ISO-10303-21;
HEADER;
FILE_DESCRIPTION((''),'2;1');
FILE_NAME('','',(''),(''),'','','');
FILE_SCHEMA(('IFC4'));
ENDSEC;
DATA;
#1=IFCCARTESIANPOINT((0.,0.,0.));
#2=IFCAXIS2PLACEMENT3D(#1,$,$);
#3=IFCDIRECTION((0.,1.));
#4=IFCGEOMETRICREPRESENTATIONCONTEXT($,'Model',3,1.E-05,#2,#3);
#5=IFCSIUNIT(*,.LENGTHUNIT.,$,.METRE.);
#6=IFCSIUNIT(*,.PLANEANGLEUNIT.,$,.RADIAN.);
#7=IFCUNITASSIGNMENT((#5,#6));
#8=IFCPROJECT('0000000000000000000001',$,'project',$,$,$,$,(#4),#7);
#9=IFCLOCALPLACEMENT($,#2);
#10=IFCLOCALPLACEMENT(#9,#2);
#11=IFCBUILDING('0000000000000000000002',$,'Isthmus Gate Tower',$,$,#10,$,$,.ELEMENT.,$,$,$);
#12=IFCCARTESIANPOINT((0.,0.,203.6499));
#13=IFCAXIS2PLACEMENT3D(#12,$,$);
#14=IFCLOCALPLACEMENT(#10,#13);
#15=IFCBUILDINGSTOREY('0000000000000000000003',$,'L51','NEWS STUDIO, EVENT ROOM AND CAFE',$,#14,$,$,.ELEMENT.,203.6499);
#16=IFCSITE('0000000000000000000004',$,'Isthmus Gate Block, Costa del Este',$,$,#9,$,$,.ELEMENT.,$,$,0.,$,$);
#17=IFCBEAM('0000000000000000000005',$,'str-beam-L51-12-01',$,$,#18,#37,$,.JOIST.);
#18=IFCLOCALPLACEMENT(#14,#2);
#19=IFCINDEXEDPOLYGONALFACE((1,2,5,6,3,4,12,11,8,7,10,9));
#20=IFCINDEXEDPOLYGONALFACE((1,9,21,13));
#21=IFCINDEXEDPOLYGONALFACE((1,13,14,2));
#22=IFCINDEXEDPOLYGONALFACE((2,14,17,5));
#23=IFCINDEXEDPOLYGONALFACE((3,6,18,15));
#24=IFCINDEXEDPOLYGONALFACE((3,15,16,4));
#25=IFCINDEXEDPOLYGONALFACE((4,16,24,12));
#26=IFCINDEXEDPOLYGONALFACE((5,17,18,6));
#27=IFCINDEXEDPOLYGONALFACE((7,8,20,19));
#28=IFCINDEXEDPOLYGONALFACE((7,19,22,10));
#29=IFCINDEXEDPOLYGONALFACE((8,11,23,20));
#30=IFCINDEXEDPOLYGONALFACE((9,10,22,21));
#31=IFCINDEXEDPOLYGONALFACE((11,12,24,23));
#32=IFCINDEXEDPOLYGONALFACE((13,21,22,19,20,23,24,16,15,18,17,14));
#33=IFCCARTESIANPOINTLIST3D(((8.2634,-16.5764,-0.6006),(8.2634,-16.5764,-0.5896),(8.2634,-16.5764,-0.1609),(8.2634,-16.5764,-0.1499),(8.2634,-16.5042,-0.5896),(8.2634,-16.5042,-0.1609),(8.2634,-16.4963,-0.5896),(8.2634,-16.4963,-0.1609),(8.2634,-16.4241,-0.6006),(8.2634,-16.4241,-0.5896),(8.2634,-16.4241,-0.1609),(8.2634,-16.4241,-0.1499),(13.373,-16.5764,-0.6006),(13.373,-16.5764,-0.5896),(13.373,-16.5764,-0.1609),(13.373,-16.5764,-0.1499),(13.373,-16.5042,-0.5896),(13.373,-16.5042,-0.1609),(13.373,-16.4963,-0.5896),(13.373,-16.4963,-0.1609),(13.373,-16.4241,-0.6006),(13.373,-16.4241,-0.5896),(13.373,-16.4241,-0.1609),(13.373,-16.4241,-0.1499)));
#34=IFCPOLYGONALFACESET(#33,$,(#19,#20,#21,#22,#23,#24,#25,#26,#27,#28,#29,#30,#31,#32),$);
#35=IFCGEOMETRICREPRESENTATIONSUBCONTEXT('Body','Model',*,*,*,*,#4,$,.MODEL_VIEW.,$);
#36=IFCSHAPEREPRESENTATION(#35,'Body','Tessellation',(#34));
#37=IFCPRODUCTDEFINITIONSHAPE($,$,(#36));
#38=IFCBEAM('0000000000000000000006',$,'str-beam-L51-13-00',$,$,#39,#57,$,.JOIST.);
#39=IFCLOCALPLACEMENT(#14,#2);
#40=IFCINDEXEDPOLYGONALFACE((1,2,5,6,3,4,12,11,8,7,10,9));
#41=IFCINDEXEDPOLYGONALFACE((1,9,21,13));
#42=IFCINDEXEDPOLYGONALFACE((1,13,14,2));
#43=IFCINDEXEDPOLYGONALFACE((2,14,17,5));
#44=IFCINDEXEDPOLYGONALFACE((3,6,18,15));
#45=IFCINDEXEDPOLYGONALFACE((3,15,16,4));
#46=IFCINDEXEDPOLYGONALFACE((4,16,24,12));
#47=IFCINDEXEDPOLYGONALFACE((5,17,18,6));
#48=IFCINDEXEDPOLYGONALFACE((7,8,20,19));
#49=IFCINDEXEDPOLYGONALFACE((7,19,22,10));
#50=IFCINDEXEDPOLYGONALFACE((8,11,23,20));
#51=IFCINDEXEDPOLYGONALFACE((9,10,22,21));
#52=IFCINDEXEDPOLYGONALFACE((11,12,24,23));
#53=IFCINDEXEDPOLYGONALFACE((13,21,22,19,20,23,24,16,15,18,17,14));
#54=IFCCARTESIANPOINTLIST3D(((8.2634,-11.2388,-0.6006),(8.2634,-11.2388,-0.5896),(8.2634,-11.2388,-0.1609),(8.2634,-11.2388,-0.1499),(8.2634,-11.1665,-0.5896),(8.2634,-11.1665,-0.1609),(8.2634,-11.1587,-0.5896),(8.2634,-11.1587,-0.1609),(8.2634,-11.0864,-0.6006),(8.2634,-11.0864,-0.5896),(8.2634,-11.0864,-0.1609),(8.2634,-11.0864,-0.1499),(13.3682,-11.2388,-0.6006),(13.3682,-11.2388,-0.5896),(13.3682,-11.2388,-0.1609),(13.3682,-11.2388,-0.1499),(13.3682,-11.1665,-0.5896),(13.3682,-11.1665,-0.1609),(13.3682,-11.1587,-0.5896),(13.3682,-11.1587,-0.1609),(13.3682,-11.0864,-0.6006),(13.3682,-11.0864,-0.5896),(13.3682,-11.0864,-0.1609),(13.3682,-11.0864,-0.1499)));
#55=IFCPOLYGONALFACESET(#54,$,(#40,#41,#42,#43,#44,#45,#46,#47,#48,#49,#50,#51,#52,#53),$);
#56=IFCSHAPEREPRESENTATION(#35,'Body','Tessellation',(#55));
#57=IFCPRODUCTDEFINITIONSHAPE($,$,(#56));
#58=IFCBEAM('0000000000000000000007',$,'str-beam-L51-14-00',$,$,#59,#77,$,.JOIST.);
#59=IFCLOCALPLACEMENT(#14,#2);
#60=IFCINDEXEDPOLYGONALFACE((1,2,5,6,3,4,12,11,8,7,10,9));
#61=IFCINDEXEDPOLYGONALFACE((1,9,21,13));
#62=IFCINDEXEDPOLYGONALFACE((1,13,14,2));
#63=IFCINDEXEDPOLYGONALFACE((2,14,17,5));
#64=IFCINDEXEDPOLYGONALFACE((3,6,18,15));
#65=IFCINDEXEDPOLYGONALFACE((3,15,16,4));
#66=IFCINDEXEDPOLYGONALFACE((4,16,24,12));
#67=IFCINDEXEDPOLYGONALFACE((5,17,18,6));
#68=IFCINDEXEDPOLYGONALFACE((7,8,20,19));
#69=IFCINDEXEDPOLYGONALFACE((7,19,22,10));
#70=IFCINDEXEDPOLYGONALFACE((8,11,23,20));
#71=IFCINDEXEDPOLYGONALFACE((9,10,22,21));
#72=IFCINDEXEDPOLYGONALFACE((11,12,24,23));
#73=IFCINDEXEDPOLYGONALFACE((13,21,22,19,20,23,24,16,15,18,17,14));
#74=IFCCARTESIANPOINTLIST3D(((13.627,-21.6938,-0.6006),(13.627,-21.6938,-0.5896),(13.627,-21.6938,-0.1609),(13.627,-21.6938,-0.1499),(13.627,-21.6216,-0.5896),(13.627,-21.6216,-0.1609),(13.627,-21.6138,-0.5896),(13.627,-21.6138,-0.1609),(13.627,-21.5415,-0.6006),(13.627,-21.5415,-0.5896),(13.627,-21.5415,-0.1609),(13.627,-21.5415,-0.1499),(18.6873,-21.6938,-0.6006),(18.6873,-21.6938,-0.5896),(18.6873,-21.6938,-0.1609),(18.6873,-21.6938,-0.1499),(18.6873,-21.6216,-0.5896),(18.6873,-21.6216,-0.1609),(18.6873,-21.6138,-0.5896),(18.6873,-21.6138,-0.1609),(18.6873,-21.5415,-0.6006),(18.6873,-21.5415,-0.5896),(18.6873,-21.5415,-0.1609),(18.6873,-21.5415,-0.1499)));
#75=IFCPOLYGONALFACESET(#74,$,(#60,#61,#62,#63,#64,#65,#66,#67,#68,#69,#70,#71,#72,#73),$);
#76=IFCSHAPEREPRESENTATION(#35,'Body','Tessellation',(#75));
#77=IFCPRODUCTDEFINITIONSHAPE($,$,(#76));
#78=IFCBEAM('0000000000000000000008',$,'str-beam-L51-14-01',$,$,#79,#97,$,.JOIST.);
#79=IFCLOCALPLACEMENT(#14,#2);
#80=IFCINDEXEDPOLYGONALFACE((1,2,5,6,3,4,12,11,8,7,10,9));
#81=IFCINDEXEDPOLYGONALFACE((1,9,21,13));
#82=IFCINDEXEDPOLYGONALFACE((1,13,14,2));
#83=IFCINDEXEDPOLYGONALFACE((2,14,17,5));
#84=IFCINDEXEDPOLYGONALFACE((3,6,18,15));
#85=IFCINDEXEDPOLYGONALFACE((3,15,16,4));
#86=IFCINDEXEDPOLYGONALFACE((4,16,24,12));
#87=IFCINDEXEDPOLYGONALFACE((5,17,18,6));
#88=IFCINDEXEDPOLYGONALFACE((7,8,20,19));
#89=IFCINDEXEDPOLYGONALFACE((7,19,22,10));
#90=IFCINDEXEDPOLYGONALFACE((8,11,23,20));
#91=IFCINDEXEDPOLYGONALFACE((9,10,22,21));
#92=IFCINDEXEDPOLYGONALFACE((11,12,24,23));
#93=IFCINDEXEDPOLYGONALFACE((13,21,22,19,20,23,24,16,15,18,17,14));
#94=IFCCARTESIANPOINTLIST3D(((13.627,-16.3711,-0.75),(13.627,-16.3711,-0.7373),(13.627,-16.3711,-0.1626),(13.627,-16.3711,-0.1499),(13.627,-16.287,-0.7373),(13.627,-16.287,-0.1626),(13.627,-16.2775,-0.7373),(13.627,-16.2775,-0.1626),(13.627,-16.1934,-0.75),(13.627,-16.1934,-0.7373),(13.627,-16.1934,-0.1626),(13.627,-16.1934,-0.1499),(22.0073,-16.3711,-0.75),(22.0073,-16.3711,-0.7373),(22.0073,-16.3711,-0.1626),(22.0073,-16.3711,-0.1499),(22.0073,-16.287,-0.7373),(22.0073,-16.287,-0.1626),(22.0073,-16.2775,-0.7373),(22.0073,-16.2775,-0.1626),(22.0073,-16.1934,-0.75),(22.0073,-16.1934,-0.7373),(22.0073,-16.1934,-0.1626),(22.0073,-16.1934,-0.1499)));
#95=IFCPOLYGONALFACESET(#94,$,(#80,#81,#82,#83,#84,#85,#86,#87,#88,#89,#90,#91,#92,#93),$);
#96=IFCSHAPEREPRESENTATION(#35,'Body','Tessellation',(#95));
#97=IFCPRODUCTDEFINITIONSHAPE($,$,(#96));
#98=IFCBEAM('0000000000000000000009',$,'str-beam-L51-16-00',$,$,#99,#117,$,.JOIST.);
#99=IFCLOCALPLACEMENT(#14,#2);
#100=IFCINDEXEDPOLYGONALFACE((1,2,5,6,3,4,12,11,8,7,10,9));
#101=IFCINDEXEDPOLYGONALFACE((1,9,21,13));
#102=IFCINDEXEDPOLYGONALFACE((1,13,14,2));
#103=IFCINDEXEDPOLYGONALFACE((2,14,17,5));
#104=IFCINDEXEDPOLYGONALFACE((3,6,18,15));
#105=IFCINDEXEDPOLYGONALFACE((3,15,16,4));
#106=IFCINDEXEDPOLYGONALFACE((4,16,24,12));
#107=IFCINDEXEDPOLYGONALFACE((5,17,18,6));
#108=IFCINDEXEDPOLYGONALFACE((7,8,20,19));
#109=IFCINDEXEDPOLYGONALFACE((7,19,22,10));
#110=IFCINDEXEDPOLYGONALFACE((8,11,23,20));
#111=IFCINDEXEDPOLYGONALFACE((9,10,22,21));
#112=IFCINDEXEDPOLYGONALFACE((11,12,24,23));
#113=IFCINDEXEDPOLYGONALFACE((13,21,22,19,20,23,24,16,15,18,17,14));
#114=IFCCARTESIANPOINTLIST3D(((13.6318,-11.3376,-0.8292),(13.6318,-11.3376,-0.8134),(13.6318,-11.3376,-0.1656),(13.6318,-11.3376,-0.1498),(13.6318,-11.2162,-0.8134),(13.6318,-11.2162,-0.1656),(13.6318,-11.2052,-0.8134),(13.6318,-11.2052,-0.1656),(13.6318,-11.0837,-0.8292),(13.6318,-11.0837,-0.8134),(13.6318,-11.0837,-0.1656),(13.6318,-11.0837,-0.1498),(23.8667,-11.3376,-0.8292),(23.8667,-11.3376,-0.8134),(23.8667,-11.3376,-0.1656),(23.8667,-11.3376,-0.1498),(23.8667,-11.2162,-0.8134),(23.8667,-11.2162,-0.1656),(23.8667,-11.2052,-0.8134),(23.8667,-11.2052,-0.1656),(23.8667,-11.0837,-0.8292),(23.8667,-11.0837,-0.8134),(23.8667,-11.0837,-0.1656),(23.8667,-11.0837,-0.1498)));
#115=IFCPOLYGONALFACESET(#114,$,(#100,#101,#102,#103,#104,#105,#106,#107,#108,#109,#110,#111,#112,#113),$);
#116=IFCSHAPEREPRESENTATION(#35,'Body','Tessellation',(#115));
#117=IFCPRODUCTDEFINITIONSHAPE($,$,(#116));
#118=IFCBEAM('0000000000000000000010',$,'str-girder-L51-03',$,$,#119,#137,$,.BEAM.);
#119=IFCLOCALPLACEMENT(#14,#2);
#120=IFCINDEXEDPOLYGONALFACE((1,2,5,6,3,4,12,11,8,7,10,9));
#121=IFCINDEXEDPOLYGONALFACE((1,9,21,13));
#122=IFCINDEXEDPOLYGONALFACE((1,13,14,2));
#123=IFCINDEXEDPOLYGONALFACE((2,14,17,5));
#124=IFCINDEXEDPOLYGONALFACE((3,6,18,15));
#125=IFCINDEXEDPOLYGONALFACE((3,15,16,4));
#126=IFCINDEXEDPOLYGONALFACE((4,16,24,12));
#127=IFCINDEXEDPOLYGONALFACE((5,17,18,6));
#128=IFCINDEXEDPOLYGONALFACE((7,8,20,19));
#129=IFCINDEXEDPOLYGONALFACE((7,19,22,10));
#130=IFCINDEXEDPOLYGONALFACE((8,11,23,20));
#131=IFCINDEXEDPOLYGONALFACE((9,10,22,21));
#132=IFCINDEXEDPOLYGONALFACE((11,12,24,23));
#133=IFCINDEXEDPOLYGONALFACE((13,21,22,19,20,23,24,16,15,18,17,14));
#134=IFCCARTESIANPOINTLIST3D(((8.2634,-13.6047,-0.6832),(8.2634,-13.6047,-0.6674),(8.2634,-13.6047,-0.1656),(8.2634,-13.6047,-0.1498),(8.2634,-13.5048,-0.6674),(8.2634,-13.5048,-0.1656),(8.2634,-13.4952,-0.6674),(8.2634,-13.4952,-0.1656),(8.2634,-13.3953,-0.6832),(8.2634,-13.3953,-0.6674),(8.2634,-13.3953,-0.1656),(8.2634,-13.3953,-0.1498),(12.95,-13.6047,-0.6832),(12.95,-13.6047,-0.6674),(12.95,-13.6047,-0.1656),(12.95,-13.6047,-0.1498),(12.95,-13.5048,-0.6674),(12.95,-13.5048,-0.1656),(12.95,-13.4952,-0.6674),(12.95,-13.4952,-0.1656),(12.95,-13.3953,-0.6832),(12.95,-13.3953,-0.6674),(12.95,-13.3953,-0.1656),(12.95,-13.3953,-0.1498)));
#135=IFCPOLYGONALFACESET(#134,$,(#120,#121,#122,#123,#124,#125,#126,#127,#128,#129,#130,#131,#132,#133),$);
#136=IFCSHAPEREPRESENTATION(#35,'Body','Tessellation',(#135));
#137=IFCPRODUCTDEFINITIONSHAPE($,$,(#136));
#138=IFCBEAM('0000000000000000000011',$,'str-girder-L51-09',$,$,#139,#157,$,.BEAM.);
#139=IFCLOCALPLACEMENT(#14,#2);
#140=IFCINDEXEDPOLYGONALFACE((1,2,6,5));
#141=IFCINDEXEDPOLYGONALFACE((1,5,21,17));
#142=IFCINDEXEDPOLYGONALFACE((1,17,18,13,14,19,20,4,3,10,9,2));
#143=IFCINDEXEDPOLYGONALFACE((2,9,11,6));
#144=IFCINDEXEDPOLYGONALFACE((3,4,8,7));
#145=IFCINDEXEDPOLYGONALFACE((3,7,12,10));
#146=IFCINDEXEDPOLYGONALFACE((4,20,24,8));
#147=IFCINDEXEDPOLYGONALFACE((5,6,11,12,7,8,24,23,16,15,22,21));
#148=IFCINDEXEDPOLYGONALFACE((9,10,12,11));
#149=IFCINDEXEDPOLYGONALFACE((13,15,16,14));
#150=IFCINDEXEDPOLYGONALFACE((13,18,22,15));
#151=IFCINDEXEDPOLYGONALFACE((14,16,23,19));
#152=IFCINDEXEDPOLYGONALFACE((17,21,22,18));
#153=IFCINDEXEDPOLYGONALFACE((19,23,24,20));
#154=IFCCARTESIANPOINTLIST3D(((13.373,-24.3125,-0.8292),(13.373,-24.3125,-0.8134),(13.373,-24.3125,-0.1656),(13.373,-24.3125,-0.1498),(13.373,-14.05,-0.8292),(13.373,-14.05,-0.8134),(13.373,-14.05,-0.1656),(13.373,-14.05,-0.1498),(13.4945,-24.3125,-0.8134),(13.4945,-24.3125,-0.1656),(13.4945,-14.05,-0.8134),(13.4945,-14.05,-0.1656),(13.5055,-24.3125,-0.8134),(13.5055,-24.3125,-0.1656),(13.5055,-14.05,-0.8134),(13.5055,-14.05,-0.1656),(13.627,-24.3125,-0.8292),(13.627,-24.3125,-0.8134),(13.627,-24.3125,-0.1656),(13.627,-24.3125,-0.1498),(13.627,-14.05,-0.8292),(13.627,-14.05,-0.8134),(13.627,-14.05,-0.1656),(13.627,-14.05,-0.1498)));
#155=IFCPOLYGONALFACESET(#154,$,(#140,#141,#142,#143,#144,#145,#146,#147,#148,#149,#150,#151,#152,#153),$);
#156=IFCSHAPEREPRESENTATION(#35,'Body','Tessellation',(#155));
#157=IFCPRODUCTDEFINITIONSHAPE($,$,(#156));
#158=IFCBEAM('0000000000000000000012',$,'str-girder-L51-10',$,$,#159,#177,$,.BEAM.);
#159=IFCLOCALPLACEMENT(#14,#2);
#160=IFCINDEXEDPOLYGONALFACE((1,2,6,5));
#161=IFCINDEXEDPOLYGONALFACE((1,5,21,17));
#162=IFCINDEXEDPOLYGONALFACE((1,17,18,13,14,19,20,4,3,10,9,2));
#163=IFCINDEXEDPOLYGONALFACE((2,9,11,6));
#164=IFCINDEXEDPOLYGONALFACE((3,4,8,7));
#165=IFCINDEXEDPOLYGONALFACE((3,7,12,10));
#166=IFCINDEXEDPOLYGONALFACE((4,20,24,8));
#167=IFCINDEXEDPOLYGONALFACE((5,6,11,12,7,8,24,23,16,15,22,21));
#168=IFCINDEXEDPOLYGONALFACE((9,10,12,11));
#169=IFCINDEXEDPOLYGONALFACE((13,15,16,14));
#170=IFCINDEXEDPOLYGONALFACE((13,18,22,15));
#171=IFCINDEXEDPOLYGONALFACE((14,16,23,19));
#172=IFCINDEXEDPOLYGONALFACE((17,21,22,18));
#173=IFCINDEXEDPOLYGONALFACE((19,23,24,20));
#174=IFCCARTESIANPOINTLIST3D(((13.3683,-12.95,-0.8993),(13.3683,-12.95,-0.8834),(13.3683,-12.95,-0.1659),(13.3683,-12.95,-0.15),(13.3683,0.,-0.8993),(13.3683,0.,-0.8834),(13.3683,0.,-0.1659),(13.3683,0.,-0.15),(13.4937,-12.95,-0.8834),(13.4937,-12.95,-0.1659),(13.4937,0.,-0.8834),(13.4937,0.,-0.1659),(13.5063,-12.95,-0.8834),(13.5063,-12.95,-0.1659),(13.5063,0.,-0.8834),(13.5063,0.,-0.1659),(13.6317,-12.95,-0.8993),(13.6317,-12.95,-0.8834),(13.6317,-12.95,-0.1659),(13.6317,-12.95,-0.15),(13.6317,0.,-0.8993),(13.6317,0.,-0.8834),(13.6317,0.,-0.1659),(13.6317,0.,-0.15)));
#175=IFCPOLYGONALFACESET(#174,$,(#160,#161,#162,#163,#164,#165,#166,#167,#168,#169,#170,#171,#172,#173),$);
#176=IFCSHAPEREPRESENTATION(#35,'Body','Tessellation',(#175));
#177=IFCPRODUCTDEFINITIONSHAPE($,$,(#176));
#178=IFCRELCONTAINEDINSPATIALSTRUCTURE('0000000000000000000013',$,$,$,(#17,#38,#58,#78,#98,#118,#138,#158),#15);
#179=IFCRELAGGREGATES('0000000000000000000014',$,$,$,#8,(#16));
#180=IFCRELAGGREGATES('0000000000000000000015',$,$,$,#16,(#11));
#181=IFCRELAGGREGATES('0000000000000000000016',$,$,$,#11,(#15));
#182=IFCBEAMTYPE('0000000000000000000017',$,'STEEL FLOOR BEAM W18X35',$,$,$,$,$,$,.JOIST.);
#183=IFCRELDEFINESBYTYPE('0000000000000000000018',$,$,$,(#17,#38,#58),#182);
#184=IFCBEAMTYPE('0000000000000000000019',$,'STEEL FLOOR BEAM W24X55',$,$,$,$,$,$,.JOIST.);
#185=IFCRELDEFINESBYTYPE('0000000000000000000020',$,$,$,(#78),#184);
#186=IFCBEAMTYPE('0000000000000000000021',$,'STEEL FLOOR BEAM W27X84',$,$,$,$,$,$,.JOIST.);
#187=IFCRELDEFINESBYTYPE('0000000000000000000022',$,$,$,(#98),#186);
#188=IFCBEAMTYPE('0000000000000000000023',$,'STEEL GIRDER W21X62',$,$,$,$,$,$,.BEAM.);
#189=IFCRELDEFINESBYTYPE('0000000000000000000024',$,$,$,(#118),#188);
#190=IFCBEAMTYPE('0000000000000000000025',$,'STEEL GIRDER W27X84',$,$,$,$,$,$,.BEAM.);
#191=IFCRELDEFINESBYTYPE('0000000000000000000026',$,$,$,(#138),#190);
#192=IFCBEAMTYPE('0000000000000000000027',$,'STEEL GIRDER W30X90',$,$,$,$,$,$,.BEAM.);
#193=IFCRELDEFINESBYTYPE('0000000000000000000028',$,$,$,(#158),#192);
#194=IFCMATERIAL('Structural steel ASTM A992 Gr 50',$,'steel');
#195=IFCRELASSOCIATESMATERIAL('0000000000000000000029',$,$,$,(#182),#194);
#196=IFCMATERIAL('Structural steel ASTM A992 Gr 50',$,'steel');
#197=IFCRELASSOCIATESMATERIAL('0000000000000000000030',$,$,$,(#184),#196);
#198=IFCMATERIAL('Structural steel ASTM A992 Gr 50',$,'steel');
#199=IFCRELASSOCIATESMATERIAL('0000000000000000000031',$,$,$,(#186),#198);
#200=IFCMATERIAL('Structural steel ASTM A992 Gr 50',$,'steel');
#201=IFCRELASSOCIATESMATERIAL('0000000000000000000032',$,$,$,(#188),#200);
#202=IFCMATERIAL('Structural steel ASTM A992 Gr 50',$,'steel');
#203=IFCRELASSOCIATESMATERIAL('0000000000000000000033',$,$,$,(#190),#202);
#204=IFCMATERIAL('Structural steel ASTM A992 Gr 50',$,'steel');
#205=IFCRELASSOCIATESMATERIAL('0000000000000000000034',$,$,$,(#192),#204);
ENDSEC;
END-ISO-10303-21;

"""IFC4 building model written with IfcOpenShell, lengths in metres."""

from ifc_helpers import new_model, si_unit, direction, frame, origin, origin_2d, place, context, subcontext, project, spatial, i_section, extrude, material, material_profile, profile_set, type_object, element, save


model = new_model("IFC4")

# Units and contexts
model_context = context("Model", 3, precision=1e-05, world=origin(), true_north=direction((0.0, 1.0)))
body_context = subcontext(model_context, "Body", "Model", "MODEL_VIEW")
ifc_project = project(units=[si_unit("LENGTHUNIT", "METRE"), si_unit("PLANEANGLEUNIT", "RADIAN")], contexts=[model_context])

# Site, building, storey
site_placement = place(None, origin())
site = spatial("IfcSite", under=ifc_project, at=site_placement, Name="Isthmus Gate Block, Costa del Este", CompositionType="ELEMENT", RefElevation=0.0)
building_placement = place(site_placement, origin())
building = spatial("IfcBuilding", under=site, at=building_placement, Name="Isthmus Gate Tower", CompositionType="ELEMENT")
storey_placement = place(building_placement, frame((0.0, 0.0, 203.6499)))
storey = spatial("IfcBuildingStorey", under=building, at=storey_placement, Name="L51", Description="NEWS STUDIO, EVENT ROOM AND CAFE", CompositionType="ELEMENT", Elevation=203.6499)

# Beams
ifc_material_1 = material(Name="Structural steel ASTM A992 Gr 50", Category="steel")
ifc_material_profile_1 = material_profile(ifc_material_1, i_section(OverallWidth=0.1523, OverallDepth=0.4507, WebThickness=0.0078, FlangeThickness=0.011, at=origin_2d()), Name="W18X35")
ifc_profile_set_1 = profile_set([ifc_material_profile_1], Name="Structural steel ASTM A992 Gr 50")
beam_type_1 = type_object("IfcBeamType", Name="STEEL FLOOR BEAM W18X35", PredefinedType="JOIST", material=ifc_profile_set_1)
for number, where, z_axis, x_axis, name in (
    (1, (8.2634, -16.5002, -0.3752), (1.0, 0.0, 0.0), (0.0, 1.0, 0.0), "str-beam-L51-12-01"),
):
    element("IfcBeam", number, at=place(storey_placement, frame(where, z_axis=z_axis, x_axis=x_axis)), inside=storey, type_object=beam_type_1, Name=name, PredefinedType="JOIST", context=body_context, shape_type="SweptSolid", body=[
        extrude(i_section(OverallWidth=0.1523, OverallDepth=0.4507, WebThickness=0.0078, FlangeThickness=0.011, at=origin_2d()), origin(), (0.0, 0.0, 1.0), 5.1096),
    ])
beam_1_placement = place(storey_placement, frame((8.2634, -11.1626, -0.3752), z_axis=(1.0, 0.0, 0.0), x_axis=(0.0, 1.0, 0.0)))
element("IfcBeam", 2, at=beam_1_placement, inside=storey, type_object=beam_type_1, Name="str-beam-L51-13-00", PredefinedType="JOIST", context=body_context, shape_type="SweptSolid", body=[
    extrude(i_section(OverallWidth=0.1523, OverallDepth=0.4507, WebThickness=0.0078, FlangeThickness=0.011, at=origin_2d()), origin(), (0.0, 0.0, 1.0), 5.1047),
])
beam_2_placement = place(storey_placement, frame((13.627, -21.6177, -0.3752), z_axis=(1.0, 0.0, 0.0), x_axis=(0.0, 1.0, 0.0)))
element("IfcBeam", 3, at=beam_2_placement, inside=storey, type_object=beam_type_1, Name="str-beam-L51-14-00", PredefinedType="JOIST", context=body_context, shape_type="SweptSolid", body=[
    extrude(i_section(OverallWidth=0.1523, OverallDepth=0.4507, WebThickness=0.0078, FlangeThickness=0.011, at=origin_2d()), origin(), (0.0, 0.0, 1.0), 5.0603),
])
ifc_material_2 = material(Name="Structural steel ASTM A992 Gr 50", Category="steel")
ifc_material_profile_2 = material_profile(ifc_material_2, i_section(OverallWidth=0.1777, OverallDepth=0.6001, WebThickness=0.0095, FlangeThickness=0.0127, at=origin_2d()), Name="W24X55")
ifc_profile_set_2 = profile_set([ifc_material_profile_2], Name="Structural steel ASTM A992 Gr 50")
beam_type_2 = type_object("IfcBeamType", Name="STEEL FLOOR BEAM W24X55", PredefinedType="JOIST", material=ifc_profile_set_2)
beam_3_placement = place(storey_placement, frame((13.627, -16.2822, -0.45), z_axis=(1.0, 0.0, 0.0), x_axis=(0.0, 1.0, 0.0)))
element("IfcBeam", 4, at=beam_3_placement, inside=storey, type_object=beam_type_2, Name="str-beam-L51-14-01", PredefinedType="JOIST", context=body_context, shape_type="SweptSolid", body=[
    extrude(i_section(OverallWidth=0.1777, OverallDepth=0.6001, WebThickness=0.0095, FlangeThickness=0.0127, at=origin_2d()), origin(), (0.0, 0.0, 1.0), 8.3804),
])
ifc_material_3 = material(Name="Structural steel ASTM A992 Gr 50", Category="steel")
ifc_material_profile_3 = material_profile(ifc_material_3, i_section(OverallWidth=0.2539, OverallDepth=0.6794, WebThickness=0.011, FlangeThickness=0.0159, at=origin_2d()), Name="W27X84")
ifc_profile_set_3 = profile_set([ifc_material_profile_3], Name="Structural steel ASTM A992 Gr 50")
beam_type_3 = type_object("IfcBeamType", Name="STEEL FLOOR BEAM W27X84", PredefinedType="JOIST", material=ifc_profile_set_3)
beam_4_placement = place(storey_placement, frame((13.6318, -11.2107, -0.4895), z_axis=(1.0, 0.0, 0.0), x_axis=(0.0, 1.0, 0.0)))
element("IfcBeam", 5, at=beam_4_placement, inside=storey, type_object=beam_type_3, Name="str-beam-L51-16-00", PredefinedType="JOIST", context=body_context, shape_type="SweptSolid", body=[
    extrude(i_section(OverallWidth=0.2539, OverallDepth=0.6794, WebThickness=0.011, FlangeThickness=0.0159, at=origin_2d()), origin(), (0.0, 0.0, 1.0), 10.2349),
])
ifc_material_4 = material(Name="Structural steel ASTM A992 Gr 50", Category="steel")
ifc_material_profile_4 = material_profile(ifc_material_4, i_section(OverallWidth=0.2095, OverallDepth=0.5334, WebThickness=0.0095, FlangeThickness=0.0159, at=origin_2d()), Name="W21X62")
ifc_profile_set_4 = profile_set([ifc_material_profile_4], Name="Structural steel ASTM A992 Gr 50")
beam_type_4 = type_object("IfcBeamType", Name="STEEL GIRDER W21X62", PredefinedType="BEAM", material=ifc_profile_set_4)
beam_5_placement = place(storey_placement, frame((8.2634, -13.5, -0.4165), z_axis=(1.0, 0.0, 0.0), x_axis=(0.0, 1.0, 0.0)))
element("IfcBeam", 6, at=beam_5_placement, inside=storey, type_object=beam_type_4, Name="str-girder-L51-03", PredefinedType="BEAM", context=body_context, shape_type="SweptSolid", body=[
    extrude(i_section(OverallWidth=0.2095, OverallDepth=0.5334, WebThickness=0.0095, FlangeThickness=0.0159, at=origin_2d()), origin(), (0.0, 0.0, 1.0), 4.6865),
])
ifc_material_5 = material(Name="Structural steel ASTM A992 Gr 50", Category="steel")
ifc_material_profile_5 = material_profile(ifc_material_5, i_section(OverallWidth=0.2539, OverallDepth=0.6794, WebThickness=0.011, FlangeThickness=0.0159, at=origin_2d()), Name="W27X84")
ifc_profile_set_5 = profile_set([ifc_material_profile_5], Name="Structural steel ASTM A992 Gr 50")
beam_type_5 = type_object("IfcBeamType", Name="STEEL GIRDER W27X84", PredefinedType="BEAM", material=ifc_profile_set_5)
beam_6_placement = place(storey_placement, frame((13.5, -24.3125, -0.4895), z_axis=(0.0, 1.0, 0.0), x_axis=(-1.0, 0.0, 0.0)))
element("IfcBeam", 7, at=beam_6_placement, inside=storey, type_object=beam_type_5, Name="str-girder-L51-09", PredefinedType="BEAM", context=body_context, shape_type="SweptSolid", body=[
    extrude(i_section(OverallWidth=0.2539, OverallDepth=0.6794, WebThickness=0.011, FlangeThickness=0.0159, at=origin_2d()), origin(), (0.0, 0.0, 1.0), 10.2625),
])
ifc_material_6 = material(Name="Structural steel ASTM A992 Gr 50", Category="steel")
ifc_material_profile_6 = material_profile(ifc_material_6, i_section(OverallWidth=0.2634, OverallDepth=0.7493, WebThickness=0.0127, FlangeThickness=0.0159, at=origin_2d()), Name="W30X90")
ifc_profile_set_6 = profile_set([ifc_material_profile_6], Name="Structural steel ASTM A992 Gr 50")
beam_type_6 = type_object("IfcBeamType", Name="STEEL GIRDER W30X90", PredefinedType="BEAM", material=ifc_profile_set_6)
beam_7_placement = place(storey_placement, frame((13.5, -12.95, -0.5247), z_axis=(0.0, 1.0, 0.0), x_axis=(-1.0, 0.0, 0.0)))
element("IfcBeam", 8, at=beam_7_placement, inside=storey, type_object=beam_type_6, Name="str-girder-L51-10", PredefinedType="BEAM", context=body_context, shape_type="SweptSolid", body=[
    extrude(i_section(OverallWidth=0.2634, OverallDepth=0.7493, WebThickness=0.0127, FlangeThickness=0.0159, at=origin_2d()), origin(), (0.0, 0.0, 1.0), 12.95),
])

save(model, "model.ifc")
